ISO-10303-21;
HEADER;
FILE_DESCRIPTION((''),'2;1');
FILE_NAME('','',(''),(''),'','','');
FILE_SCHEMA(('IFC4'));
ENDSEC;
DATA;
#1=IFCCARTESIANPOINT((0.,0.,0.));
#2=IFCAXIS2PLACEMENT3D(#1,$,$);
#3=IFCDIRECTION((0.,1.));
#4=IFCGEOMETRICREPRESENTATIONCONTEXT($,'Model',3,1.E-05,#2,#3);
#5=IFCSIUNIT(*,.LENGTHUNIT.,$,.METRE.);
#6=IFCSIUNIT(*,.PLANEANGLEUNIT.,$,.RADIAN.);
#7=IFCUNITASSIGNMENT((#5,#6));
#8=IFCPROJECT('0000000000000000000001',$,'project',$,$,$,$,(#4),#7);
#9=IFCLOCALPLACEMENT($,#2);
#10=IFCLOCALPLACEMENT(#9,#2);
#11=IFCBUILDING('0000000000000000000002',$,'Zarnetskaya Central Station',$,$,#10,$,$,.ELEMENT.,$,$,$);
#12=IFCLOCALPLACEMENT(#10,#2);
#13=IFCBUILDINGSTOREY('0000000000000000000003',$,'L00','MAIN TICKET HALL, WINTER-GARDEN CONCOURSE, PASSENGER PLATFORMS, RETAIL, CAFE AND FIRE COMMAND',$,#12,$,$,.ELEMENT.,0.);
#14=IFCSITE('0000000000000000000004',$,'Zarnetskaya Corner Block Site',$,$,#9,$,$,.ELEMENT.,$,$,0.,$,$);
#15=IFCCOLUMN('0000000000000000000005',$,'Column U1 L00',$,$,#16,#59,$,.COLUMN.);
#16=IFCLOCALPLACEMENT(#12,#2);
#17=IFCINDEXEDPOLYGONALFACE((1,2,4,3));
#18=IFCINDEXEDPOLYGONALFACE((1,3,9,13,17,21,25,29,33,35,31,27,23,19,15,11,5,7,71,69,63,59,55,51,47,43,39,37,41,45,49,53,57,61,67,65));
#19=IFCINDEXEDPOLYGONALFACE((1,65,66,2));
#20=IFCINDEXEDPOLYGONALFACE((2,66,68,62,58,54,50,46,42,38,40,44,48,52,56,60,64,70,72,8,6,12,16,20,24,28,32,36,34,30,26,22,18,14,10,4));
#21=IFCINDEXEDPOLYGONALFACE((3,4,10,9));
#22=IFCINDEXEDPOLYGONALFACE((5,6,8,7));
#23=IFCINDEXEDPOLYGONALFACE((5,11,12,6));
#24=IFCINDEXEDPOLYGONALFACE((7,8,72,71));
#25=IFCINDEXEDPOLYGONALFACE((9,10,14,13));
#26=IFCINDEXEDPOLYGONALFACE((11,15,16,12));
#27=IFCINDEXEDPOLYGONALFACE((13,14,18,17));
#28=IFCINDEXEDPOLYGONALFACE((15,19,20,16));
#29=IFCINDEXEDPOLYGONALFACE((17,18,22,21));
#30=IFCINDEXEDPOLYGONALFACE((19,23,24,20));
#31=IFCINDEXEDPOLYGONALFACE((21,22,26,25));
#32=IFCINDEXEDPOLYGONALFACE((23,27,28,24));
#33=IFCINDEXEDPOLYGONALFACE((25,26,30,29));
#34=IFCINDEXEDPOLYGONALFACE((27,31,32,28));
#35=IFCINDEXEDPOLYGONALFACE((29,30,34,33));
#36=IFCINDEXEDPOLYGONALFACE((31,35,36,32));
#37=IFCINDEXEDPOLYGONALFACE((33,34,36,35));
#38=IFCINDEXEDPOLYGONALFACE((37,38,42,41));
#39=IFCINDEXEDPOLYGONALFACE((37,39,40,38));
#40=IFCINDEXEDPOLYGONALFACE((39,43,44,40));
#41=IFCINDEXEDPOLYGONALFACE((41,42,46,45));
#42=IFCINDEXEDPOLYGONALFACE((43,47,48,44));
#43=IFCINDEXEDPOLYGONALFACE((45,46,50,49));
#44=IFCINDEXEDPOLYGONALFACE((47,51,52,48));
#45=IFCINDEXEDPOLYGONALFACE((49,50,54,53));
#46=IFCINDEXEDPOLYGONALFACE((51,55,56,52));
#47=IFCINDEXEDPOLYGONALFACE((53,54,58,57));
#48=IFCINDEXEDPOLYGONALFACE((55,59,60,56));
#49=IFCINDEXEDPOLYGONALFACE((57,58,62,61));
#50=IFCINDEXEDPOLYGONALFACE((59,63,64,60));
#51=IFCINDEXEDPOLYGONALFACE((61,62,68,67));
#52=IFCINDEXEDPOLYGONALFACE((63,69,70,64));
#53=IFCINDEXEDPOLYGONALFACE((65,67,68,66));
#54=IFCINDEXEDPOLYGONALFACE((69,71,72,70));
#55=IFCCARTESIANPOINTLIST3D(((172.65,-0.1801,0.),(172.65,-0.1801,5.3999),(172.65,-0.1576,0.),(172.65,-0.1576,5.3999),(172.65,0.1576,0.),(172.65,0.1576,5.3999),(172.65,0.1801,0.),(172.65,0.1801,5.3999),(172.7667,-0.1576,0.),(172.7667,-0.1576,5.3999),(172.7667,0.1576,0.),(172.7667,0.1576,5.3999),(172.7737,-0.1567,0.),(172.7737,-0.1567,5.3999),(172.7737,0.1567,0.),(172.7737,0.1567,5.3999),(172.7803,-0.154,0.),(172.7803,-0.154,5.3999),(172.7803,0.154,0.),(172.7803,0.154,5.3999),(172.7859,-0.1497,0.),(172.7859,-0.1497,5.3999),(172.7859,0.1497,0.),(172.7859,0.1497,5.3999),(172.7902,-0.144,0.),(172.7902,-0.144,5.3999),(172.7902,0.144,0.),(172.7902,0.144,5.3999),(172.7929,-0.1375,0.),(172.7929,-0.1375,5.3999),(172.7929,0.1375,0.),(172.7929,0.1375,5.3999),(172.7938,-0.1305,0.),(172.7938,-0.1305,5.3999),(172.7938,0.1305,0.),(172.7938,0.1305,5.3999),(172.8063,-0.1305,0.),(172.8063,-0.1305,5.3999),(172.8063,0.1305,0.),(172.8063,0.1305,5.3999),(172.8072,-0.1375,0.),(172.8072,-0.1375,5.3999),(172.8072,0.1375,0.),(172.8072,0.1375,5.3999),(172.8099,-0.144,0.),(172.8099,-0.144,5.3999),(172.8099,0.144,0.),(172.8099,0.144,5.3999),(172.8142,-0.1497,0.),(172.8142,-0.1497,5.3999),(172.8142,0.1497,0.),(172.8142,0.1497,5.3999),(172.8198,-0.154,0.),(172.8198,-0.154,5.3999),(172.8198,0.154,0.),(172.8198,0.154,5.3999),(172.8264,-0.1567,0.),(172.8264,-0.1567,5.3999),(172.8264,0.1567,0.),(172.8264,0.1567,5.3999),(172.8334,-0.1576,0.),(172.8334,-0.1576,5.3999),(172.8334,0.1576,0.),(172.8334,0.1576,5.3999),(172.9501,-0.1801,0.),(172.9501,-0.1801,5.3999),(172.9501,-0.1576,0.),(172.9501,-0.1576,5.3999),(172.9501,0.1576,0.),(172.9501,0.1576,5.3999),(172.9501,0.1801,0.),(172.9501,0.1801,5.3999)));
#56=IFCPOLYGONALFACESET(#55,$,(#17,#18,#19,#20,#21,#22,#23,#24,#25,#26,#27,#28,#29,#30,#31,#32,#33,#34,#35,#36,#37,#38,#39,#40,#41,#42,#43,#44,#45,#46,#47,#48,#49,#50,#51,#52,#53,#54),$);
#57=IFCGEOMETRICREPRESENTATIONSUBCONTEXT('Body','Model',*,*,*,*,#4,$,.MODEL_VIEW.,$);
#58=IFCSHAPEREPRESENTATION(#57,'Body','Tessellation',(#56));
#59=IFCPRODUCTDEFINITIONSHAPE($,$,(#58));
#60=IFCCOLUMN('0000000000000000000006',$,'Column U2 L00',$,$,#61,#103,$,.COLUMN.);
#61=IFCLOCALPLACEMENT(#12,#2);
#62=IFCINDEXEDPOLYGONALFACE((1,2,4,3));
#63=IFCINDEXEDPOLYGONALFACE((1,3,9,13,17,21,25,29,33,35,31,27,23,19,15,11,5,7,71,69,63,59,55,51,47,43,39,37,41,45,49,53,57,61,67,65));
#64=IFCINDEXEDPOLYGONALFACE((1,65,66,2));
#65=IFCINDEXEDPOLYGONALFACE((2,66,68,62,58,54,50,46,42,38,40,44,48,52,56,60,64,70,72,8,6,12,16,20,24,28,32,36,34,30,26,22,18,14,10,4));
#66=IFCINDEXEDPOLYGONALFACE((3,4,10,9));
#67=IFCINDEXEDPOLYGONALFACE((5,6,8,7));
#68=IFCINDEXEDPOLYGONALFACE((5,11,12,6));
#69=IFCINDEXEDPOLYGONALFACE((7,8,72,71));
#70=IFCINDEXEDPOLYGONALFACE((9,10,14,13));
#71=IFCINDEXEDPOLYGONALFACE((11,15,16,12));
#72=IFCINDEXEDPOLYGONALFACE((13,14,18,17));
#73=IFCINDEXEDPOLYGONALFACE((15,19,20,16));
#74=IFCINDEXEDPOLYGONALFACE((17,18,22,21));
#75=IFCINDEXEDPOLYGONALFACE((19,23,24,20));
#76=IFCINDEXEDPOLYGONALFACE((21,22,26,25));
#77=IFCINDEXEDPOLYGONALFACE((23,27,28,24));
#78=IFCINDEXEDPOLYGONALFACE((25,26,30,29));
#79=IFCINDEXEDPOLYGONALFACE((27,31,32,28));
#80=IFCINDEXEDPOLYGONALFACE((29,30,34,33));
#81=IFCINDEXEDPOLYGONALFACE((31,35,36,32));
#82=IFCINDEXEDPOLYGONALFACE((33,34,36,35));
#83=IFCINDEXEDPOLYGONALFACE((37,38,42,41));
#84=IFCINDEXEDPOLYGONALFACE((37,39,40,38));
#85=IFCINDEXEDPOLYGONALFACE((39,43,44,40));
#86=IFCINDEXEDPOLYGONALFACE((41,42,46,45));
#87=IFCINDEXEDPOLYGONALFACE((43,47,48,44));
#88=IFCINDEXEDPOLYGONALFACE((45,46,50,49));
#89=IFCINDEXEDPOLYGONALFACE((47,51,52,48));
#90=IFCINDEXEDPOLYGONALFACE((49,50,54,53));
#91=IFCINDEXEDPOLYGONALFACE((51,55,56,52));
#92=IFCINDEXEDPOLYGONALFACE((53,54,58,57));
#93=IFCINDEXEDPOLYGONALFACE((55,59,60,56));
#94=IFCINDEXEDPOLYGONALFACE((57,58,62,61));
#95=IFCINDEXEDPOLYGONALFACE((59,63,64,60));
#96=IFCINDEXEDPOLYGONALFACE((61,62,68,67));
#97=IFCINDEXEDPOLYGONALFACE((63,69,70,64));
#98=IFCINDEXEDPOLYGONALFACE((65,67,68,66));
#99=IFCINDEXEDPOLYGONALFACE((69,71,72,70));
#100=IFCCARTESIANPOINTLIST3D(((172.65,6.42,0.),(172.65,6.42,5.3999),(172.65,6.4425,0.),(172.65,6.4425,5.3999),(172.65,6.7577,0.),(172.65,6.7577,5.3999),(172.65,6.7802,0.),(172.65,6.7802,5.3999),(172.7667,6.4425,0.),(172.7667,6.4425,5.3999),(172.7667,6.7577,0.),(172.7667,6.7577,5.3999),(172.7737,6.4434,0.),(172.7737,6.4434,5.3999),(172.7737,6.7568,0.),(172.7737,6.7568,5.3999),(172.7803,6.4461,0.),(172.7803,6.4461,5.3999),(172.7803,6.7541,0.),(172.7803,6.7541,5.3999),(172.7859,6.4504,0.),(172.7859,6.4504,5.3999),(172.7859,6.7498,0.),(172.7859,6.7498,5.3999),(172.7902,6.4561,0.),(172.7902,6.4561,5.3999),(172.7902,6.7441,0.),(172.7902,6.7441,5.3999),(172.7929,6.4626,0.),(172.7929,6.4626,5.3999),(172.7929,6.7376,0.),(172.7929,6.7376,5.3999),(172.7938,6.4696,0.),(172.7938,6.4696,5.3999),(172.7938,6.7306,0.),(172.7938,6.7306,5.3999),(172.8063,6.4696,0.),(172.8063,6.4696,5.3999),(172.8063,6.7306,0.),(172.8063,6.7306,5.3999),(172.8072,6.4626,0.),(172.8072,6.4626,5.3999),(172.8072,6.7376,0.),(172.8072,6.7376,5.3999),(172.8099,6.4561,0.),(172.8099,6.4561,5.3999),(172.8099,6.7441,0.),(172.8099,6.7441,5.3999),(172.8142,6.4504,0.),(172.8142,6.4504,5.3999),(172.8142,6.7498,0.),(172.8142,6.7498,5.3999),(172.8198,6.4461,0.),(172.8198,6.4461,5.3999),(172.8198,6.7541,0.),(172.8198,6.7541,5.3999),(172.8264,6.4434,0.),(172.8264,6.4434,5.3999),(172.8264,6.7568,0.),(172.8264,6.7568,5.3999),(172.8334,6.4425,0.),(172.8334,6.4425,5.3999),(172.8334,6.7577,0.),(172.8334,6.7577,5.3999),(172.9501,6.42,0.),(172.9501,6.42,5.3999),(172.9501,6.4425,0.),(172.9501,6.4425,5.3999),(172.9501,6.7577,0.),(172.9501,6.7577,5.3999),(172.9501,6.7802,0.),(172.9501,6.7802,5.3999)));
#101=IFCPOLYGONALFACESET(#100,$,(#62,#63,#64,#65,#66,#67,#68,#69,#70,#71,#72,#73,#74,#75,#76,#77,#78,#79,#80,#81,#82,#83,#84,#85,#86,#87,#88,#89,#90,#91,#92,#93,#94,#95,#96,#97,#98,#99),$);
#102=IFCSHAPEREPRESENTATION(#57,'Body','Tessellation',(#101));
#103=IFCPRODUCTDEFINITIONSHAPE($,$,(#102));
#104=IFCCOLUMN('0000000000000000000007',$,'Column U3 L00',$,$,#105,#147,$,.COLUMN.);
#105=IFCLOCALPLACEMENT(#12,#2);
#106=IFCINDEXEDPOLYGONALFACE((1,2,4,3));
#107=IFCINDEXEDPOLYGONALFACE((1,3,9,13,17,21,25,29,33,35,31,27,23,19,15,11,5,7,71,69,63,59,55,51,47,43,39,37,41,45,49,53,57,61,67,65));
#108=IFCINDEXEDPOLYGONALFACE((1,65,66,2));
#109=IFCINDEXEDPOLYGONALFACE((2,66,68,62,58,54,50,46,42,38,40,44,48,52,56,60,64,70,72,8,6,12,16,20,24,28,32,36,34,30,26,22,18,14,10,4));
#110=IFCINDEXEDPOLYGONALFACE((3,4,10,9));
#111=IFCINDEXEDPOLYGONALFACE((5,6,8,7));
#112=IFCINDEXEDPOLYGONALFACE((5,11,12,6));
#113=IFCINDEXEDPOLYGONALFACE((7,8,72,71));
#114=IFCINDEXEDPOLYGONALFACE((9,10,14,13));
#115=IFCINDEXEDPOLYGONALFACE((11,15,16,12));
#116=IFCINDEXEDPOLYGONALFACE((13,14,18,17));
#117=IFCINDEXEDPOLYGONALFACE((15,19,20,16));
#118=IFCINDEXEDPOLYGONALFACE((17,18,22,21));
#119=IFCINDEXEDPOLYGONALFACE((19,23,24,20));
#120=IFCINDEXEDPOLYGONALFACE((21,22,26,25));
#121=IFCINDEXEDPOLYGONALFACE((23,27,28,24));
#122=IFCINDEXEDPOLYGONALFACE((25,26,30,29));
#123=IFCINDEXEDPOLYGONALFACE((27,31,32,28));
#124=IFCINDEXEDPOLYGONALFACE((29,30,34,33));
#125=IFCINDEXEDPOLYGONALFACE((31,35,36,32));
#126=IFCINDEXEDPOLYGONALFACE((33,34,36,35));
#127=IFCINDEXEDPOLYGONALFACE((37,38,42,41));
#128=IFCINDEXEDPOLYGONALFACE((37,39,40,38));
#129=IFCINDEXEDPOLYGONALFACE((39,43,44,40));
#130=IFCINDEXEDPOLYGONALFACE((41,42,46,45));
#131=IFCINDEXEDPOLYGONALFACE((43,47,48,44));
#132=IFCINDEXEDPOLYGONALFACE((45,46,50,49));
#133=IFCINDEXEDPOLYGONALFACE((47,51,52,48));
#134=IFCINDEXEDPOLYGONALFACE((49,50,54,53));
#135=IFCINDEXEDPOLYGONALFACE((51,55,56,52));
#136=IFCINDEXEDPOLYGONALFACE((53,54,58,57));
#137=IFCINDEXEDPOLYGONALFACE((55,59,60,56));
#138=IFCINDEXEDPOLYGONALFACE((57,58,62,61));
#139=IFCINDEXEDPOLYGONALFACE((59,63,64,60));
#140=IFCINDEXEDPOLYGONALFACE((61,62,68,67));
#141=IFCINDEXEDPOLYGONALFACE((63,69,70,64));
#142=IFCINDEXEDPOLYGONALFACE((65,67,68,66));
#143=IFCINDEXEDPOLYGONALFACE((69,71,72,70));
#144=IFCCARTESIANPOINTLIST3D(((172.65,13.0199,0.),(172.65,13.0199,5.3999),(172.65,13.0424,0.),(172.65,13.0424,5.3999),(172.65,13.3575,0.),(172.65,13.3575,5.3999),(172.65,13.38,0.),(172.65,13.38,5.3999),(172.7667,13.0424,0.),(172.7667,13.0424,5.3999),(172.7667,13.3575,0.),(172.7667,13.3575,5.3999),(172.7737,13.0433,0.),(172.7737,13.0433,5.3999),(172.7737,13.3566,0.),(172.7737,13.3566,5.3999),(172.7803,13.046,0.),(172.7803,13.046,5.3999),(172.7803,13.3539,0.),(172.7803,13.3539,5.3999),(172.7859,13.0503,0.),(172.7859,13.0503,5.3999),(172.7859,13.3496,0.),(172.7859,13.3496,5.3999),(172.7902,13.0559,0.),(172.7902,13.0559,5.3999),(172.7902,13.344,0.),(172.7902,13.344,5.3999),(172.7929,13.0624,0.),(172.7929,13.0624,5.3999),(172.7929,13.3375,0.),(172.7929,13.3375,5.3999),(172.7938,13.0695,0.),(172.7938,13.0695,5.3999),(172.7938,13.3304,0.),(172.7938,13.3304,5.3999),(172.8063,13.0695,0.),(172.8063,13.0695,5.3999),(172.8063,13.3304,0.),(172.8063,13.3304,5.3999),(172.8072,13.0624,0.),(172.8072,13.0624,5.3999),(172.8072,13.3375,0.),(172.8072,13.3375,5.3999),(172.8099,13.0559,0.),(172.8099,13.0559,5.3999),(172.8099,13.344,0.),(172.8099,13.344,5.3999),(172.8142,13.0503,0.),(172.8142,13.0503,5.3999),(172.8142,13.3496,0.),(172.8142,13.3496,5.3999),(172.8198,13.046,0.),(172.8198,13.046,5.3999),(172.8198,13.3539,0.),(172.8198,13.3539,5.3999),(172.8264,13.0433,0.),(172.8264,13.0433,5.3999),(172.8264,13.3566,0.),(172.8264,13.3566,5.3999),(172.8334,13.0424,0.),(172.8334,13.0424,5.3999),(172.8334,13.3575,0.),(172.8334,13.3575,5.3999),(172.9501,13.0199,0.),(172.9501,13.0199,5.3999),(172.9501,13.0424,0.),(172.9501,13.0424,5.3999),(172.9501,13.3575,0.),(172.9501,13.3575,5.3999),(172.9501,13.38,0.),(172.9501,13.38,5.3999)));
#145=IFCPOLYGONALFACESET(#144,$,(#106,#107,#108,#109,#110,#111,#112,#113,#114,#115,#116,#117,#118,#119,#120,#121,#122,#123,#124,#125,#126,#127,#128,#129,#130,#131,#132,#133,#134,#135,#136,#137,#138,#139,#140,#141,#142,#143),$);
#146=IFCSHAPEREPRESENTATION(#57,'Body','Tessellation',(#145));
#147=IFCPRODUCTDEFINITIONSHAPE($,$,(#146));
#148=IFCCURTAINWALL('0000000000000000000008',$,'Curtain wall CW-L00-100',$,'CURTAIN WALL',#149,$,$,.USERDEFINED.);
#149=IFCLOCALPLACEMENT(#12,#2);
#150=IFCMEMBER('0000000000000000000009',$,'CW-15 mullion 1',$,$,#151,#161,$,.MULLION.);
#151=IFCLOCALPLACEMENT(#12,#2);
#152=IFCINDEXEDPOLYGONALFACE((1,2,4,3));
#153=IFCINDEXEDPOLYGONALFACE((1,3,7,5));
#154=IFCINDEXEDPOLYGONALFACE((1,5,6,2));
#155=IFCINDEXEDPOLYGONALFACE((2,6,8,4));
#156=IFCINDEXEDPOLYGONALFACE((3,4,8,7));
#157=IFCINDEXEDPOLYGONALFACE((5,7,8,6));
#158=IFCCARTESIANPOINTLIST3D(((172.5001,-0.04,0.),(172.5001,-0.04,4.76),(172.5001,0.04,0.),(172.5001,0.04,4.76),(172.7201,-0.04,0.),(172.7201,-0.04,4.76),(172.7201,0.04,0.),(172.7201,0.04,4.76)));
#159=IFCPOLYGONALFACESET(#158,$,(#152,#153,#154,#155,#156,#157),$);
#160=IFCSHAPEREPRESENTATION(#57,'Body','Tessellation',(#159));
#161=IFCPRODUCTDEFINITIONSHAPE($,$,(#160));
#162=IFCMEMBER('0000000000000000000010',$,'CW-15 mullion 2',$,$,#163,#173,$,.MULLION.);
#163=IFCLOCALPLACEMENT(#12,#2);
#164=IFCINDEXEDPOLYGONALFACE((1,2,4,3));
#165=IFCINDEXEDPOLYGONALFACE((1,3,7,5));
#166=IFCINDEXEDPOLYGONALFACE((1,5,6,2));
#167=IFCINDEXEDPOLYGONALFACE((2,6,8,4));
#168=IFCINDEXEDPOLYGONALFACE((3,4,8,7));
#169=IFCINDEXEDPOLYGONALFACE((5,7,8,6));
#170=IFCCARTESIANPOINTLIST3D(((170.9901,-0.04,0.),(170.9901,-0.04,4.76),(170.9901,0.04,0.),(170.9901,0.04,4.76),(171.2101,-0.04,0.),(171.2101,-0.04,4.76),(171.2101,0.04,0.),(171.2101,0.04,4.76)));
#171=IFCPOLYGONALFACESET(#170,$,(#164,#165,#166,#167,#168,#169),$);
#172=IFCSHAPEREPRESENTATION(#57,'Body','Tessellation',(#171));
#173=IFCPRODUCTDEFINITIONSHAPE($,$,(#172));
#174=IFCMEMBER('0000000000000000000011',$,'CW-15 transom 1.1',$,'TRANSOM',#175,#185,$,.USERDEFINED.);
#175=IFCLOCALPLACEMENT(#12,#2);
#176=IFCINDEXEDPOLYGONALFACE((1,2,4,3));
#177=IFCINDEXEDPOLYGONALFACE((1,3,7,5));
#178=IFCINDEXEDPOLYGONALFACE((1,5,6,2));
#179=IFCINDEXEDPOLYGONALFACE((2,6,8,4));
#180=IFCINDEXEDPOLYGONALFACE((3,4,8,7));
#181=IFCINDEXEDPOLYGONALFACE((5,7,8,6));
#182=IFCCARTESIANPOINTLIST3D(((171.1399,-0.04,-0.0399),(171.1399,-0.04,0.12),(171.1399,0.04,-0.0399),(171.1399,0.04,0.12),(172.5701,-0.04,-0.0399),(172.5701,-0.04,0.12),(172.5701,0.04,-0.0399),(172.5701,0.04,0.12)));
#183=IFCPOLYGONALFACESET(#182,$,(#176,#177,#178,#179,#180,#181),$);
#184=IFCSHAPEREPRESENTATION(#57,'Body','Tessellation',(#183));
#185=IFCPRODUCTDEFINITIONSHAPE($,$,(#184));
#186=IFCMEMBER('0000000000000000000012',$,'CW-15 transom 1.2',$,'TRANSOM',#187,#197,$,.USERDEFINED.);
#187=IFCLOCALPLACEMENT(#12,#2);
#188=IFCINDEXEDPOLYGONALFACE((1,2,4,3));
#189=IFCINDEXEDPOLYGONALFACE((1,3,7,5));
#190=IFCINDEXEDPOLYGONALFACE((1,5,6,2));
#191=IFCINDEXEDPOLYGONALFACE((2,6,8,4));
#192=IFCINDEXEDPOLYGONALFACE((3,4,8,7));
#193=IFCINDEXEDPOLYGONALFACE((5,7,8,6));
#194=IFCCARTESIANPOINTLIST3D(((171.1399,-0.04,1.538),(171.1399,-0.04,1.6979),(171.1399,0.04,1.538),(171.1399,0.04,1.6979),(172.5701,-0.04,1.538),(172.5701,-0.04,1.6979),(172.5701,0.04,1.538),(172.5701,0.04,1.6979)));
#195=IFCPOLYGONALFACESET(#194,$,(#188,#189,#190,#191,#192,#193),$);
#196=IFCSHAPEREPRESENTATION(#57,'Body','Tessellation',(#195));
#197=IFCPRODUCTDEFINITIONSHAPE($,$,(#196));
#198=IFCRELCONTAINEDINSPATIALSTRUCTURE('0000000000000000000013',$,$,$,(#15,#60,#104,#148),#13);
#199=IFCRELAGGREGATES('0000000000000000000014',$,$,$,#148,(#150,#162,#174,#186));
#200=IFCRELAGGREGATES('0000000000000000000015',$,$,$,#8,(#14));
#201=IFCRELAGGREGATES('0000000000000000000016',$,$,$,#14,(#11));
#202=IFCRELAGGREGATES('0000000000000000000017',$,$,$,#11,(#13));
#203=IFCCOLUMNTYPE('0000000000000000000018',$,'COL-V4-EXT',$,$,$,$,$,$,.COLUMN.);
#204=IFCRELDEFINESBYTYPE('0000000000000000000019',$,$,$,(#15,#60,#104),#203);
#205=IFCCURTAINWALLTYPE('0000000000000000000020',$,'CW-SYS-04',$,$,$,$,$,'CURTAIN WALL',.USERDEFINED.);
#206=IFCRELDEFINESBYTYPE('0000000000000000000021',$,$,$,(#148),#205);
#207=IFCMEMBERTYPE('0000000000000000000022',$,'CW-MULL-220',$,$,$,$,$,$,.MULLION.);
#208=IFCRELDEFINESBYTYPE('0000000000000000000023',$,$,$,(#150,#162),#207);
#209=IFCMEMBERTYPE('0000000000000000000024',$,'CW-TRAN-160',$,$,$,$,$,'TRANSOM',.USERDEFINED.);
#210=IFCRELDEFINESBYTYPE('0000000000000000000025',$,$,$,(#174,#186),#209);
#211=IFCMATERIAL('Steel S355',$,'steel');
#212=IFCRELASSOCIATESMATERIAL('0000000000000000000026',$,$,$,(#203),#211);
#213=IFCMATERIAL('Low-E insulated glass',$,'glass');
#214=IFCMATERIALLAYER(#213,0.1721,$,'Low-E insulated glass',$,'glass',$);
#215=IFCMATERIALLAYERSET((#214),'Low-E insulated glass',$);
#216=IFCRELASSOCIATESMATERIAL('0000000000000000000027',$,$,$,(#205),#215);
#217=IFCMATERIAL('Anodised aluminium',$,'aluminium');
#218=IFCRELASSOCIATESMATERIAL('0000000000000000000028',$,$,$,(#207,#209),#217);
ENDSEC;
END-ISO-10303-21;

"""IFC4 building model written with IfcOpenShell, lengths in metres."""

from ifc_helpers import new_model, si_unit, direction, frame, origin, origin_2d, place, context, subcontext, project, spatial, rectangle, i_section, extrude, material, layer, layer_set, material_profile, profile_set, type_object, element, aggregate, save


model = new_model("IFC4")

# Units and contexts
model_context = context("Model", 3, precision=1e-05, world=origin(), true_north=direction((0.0, 1.0)))
body_context = subcontext(model_context, "Body", "Model", "MODEL_VIEW")
ifc_project = project(units=[si_unit("LENGTHUNIT", "METRE"), si_unit("PLANEANGLEUNIT", "RADIAN")], contexts=[model_context])

# Site, building, storey
site_placement = place(None, origin())
site = spatial("IfcSite", under=ifc_project, at=site_placement, Name="Zarnetskaya Corner Block Site", CompositionType="ELEMENT", RefElevation=0.0)
building_placement = place(site_placement, origin())
building = spatial("IfcBuilding", under=site, at=building_placement, Name="Zarnetskaya Central Station", CompositionType="ELEMENT")
storey_placement = place(building_placement, origin())
storey = spatial("IfcBuildingStorey", under=building, at=storey_placement, Name="L00", Description="MAIN TICKET HALL, WINTER-GARDEN CONCOURSE, PASSENGER PLATFORMS, RETAIL, CAFE AND FIRE COMMAND", CompositionType="ELEMENT", Elevation=0.0)

# Columns
ifc_material_1 = material(Name="Steel S355", Category="steel")
ifc_material_profile_1 = material_profile(ifc_material_1, i_section(OverallWidth=0.3, OverallDepth=0.3601, WebThickness=0.0125, FlangeThickness=0.0225, FilletRadius=0.0271, at=origin_2d()), Name="HEB 360")
ifc_profile_set_1 = profile_set([ifc_material_profile_1], Name="Steel S355")
column_type = type_object("IfcColumnType", Name="COL-V4-EXT", PredefinedType="COLUMN", material=ifc_profile_set_1)
for number, where, z_axis, x_axis, name in (
    (1, (172.8, 0.0, 0.0), (0.0, 0.0, 1.0), (1.0, 0.0, 0.0), "Column U1 L00"),
    (2, (172.8, 6.6001, 0.0), (0.0, 0.0, 1.0), (1.0, 0.0, 0.0), "Column U2 L00"),
    (3, (172.8, 13.2, 0.0), (0.0, 0.0, 1.0), (1.0, 0.0, 0.0), "Column U3 L00"),
):
    element("IfcColumn", number, at=place(storey_placement, frame(where, z_axis=z_axis, x_axis=x_axis)), inside=storey, type_object=column_type, Name=name, PredefinedType="COLUMN", context=body_context, shape_type="SweptSolid", body=[
        extrude(i_section(OverallWidth=0.3, OverallDepth=0.3601, WebThickness=0.0125, FlangeThickness=0.0225, FilletRadius=0.0271, at=origin_2d()), origin(), (0.0, 0.0, 1.0), 5.3999),
    ])

# Curtain wall, members
ifc_material_2 = material(Name="Low-E insulated glass", Category="glass")
ifc_layer_1 = layer(ifc_material_2, 0.1721, Name="Low-E insulated glass", Category="glass")
ifc_layer_set_1 = layer_set([ifc_layer_1], Name="Low-E insulated glass")
curtain_wall_type = type_object("IfcCurtainWallType", Name="CW-SYS-04", ElementType="CURTAIN WALL", PredefinedType="USERDEFINED", material=ifc_layer_set_1)
curtain_wall_placement = place(storey_placement, origin())
curtain_wall = element("IfcCurtainWall", 4, at=curtain_wall_placement, inside=storey, type_object=curtain_wall_type, Name="Curtain wall CW-L00-100", ObjectType="CURTAIN WALL", PredefinedType="USERDEFINED")
ifc_material_3 = material(Name="Anodised aluminium", Category="aluminium")
ifc_material_profile_2 = material_profile(ifc_material_3, rectangle(XDim=0.0801, YDim=0.22, at=origin_2d()), Name="ALU MULL 80x220")
ifc_profile_set_2 = profile_set([ifc_material_profile_2], Name="Anodised aluminium")
member_type_1 = type_object("IfcMemberType", Name="CW-MULL-220", PredefinedType="MULLION", material=ifc_profile_set_2)
member_1_placement = place(storey_placement, frame((172.6101, 0.0, 0.0), z_axis=(0.0, 0.0, 1.0), x_axis=(0.0, -1.0, 0.0)))
member_1 = element("IfcMember", 5, at=member_1_placement, type_object=member_type_1, Name="CW-15 mullion 1", PredefinedType="MULLION", context=body_context, shape_type="SweptSolid", body=[
    extrude(rectangle(XDim=0.0801, YDim=0.22, at=origin_2d()), origin(), (0.0, 0.0, 1.0), 4.76),
])
member_2_placement = place(storey_placement, frame((171.1001, 0.0, 0.0), z_axis=(0.0, 0.0, 1.0), x_axis=(0.0, -1.0, 0.0)))
member_2 = element("IfcMember", 6, at=member_2_placement, type_object=member_type_1, Name="CW-15 mullion 2", PredefinedType="MULLION", context=body_context, shape_type="SweptSolid", body=[
    extrude(rectangle(XDim=0.0801, YDim=0.22, at=origin_2d()), origin(), (0.0, 0.0, 1.0), 4.76),
])
ifc_material_profile_3 = material_profile(ifc_material_3, rectangle(XDim=0.0801, YDim=0.1599, at=origin_2d()), Name="ALU TRAN 80x160")
ifc_profile_set_3 = profile_set([ifc_material_profile_3], Name="Anodised aluminium")
member_type_2 = type_object("IfcMemberType", Name="CW-TRAN-160", ElementType="TRANSOM", PredefinedType="USERDEFINED", material=ifc_profile_set_3)
member_3_placement = place(storey_placement, frame((172.5701, 0.0, 0.04), z_axis=(-1.0, 0.0, 0.0), x_axis=(0.0, -1.0, 0.0)))
member_3 = element("IfcMember", 7, at=member_3_placement, type_object=member_type_2, Name="CW-15 transom 1.1", ObjectType="TRANSOM", PredefinedType="USERDEFINED", context=body_context, shape_type="SweptSolid", body=[
    extrude(rectangle(XDim=0.0801, YDim=0.1599, at=origin_2d()), origin(), (0.0, 0.0, 1.0), 1.4302),
])
member_4_placement = place(storey_placement, frame((172.5701, 0.0, 1.6179), z_axis=(-1.0, 0.0, 0.0), x_axis=(0.0, -1.0, 0.0)))
member_4 = element("IfcMember", 8, at=member_4_placement, type_object=member_type_2, Name="CW-15 transom 1.2", ObjectType="TRANSOM", PredefinedType="USERDEFINED", context=body_context, shape_type="SweptSolid", body=[
    extrude(rectangle(XDim=0.0801, YDim=0.1599, at=origin_2d()), origin(), (0.0, 0.0, 1.0), 1.4302),
])

aggregate(curtain_wall, [member_1, member_2, member_3, member_4])

save(model, "model.ifc")
